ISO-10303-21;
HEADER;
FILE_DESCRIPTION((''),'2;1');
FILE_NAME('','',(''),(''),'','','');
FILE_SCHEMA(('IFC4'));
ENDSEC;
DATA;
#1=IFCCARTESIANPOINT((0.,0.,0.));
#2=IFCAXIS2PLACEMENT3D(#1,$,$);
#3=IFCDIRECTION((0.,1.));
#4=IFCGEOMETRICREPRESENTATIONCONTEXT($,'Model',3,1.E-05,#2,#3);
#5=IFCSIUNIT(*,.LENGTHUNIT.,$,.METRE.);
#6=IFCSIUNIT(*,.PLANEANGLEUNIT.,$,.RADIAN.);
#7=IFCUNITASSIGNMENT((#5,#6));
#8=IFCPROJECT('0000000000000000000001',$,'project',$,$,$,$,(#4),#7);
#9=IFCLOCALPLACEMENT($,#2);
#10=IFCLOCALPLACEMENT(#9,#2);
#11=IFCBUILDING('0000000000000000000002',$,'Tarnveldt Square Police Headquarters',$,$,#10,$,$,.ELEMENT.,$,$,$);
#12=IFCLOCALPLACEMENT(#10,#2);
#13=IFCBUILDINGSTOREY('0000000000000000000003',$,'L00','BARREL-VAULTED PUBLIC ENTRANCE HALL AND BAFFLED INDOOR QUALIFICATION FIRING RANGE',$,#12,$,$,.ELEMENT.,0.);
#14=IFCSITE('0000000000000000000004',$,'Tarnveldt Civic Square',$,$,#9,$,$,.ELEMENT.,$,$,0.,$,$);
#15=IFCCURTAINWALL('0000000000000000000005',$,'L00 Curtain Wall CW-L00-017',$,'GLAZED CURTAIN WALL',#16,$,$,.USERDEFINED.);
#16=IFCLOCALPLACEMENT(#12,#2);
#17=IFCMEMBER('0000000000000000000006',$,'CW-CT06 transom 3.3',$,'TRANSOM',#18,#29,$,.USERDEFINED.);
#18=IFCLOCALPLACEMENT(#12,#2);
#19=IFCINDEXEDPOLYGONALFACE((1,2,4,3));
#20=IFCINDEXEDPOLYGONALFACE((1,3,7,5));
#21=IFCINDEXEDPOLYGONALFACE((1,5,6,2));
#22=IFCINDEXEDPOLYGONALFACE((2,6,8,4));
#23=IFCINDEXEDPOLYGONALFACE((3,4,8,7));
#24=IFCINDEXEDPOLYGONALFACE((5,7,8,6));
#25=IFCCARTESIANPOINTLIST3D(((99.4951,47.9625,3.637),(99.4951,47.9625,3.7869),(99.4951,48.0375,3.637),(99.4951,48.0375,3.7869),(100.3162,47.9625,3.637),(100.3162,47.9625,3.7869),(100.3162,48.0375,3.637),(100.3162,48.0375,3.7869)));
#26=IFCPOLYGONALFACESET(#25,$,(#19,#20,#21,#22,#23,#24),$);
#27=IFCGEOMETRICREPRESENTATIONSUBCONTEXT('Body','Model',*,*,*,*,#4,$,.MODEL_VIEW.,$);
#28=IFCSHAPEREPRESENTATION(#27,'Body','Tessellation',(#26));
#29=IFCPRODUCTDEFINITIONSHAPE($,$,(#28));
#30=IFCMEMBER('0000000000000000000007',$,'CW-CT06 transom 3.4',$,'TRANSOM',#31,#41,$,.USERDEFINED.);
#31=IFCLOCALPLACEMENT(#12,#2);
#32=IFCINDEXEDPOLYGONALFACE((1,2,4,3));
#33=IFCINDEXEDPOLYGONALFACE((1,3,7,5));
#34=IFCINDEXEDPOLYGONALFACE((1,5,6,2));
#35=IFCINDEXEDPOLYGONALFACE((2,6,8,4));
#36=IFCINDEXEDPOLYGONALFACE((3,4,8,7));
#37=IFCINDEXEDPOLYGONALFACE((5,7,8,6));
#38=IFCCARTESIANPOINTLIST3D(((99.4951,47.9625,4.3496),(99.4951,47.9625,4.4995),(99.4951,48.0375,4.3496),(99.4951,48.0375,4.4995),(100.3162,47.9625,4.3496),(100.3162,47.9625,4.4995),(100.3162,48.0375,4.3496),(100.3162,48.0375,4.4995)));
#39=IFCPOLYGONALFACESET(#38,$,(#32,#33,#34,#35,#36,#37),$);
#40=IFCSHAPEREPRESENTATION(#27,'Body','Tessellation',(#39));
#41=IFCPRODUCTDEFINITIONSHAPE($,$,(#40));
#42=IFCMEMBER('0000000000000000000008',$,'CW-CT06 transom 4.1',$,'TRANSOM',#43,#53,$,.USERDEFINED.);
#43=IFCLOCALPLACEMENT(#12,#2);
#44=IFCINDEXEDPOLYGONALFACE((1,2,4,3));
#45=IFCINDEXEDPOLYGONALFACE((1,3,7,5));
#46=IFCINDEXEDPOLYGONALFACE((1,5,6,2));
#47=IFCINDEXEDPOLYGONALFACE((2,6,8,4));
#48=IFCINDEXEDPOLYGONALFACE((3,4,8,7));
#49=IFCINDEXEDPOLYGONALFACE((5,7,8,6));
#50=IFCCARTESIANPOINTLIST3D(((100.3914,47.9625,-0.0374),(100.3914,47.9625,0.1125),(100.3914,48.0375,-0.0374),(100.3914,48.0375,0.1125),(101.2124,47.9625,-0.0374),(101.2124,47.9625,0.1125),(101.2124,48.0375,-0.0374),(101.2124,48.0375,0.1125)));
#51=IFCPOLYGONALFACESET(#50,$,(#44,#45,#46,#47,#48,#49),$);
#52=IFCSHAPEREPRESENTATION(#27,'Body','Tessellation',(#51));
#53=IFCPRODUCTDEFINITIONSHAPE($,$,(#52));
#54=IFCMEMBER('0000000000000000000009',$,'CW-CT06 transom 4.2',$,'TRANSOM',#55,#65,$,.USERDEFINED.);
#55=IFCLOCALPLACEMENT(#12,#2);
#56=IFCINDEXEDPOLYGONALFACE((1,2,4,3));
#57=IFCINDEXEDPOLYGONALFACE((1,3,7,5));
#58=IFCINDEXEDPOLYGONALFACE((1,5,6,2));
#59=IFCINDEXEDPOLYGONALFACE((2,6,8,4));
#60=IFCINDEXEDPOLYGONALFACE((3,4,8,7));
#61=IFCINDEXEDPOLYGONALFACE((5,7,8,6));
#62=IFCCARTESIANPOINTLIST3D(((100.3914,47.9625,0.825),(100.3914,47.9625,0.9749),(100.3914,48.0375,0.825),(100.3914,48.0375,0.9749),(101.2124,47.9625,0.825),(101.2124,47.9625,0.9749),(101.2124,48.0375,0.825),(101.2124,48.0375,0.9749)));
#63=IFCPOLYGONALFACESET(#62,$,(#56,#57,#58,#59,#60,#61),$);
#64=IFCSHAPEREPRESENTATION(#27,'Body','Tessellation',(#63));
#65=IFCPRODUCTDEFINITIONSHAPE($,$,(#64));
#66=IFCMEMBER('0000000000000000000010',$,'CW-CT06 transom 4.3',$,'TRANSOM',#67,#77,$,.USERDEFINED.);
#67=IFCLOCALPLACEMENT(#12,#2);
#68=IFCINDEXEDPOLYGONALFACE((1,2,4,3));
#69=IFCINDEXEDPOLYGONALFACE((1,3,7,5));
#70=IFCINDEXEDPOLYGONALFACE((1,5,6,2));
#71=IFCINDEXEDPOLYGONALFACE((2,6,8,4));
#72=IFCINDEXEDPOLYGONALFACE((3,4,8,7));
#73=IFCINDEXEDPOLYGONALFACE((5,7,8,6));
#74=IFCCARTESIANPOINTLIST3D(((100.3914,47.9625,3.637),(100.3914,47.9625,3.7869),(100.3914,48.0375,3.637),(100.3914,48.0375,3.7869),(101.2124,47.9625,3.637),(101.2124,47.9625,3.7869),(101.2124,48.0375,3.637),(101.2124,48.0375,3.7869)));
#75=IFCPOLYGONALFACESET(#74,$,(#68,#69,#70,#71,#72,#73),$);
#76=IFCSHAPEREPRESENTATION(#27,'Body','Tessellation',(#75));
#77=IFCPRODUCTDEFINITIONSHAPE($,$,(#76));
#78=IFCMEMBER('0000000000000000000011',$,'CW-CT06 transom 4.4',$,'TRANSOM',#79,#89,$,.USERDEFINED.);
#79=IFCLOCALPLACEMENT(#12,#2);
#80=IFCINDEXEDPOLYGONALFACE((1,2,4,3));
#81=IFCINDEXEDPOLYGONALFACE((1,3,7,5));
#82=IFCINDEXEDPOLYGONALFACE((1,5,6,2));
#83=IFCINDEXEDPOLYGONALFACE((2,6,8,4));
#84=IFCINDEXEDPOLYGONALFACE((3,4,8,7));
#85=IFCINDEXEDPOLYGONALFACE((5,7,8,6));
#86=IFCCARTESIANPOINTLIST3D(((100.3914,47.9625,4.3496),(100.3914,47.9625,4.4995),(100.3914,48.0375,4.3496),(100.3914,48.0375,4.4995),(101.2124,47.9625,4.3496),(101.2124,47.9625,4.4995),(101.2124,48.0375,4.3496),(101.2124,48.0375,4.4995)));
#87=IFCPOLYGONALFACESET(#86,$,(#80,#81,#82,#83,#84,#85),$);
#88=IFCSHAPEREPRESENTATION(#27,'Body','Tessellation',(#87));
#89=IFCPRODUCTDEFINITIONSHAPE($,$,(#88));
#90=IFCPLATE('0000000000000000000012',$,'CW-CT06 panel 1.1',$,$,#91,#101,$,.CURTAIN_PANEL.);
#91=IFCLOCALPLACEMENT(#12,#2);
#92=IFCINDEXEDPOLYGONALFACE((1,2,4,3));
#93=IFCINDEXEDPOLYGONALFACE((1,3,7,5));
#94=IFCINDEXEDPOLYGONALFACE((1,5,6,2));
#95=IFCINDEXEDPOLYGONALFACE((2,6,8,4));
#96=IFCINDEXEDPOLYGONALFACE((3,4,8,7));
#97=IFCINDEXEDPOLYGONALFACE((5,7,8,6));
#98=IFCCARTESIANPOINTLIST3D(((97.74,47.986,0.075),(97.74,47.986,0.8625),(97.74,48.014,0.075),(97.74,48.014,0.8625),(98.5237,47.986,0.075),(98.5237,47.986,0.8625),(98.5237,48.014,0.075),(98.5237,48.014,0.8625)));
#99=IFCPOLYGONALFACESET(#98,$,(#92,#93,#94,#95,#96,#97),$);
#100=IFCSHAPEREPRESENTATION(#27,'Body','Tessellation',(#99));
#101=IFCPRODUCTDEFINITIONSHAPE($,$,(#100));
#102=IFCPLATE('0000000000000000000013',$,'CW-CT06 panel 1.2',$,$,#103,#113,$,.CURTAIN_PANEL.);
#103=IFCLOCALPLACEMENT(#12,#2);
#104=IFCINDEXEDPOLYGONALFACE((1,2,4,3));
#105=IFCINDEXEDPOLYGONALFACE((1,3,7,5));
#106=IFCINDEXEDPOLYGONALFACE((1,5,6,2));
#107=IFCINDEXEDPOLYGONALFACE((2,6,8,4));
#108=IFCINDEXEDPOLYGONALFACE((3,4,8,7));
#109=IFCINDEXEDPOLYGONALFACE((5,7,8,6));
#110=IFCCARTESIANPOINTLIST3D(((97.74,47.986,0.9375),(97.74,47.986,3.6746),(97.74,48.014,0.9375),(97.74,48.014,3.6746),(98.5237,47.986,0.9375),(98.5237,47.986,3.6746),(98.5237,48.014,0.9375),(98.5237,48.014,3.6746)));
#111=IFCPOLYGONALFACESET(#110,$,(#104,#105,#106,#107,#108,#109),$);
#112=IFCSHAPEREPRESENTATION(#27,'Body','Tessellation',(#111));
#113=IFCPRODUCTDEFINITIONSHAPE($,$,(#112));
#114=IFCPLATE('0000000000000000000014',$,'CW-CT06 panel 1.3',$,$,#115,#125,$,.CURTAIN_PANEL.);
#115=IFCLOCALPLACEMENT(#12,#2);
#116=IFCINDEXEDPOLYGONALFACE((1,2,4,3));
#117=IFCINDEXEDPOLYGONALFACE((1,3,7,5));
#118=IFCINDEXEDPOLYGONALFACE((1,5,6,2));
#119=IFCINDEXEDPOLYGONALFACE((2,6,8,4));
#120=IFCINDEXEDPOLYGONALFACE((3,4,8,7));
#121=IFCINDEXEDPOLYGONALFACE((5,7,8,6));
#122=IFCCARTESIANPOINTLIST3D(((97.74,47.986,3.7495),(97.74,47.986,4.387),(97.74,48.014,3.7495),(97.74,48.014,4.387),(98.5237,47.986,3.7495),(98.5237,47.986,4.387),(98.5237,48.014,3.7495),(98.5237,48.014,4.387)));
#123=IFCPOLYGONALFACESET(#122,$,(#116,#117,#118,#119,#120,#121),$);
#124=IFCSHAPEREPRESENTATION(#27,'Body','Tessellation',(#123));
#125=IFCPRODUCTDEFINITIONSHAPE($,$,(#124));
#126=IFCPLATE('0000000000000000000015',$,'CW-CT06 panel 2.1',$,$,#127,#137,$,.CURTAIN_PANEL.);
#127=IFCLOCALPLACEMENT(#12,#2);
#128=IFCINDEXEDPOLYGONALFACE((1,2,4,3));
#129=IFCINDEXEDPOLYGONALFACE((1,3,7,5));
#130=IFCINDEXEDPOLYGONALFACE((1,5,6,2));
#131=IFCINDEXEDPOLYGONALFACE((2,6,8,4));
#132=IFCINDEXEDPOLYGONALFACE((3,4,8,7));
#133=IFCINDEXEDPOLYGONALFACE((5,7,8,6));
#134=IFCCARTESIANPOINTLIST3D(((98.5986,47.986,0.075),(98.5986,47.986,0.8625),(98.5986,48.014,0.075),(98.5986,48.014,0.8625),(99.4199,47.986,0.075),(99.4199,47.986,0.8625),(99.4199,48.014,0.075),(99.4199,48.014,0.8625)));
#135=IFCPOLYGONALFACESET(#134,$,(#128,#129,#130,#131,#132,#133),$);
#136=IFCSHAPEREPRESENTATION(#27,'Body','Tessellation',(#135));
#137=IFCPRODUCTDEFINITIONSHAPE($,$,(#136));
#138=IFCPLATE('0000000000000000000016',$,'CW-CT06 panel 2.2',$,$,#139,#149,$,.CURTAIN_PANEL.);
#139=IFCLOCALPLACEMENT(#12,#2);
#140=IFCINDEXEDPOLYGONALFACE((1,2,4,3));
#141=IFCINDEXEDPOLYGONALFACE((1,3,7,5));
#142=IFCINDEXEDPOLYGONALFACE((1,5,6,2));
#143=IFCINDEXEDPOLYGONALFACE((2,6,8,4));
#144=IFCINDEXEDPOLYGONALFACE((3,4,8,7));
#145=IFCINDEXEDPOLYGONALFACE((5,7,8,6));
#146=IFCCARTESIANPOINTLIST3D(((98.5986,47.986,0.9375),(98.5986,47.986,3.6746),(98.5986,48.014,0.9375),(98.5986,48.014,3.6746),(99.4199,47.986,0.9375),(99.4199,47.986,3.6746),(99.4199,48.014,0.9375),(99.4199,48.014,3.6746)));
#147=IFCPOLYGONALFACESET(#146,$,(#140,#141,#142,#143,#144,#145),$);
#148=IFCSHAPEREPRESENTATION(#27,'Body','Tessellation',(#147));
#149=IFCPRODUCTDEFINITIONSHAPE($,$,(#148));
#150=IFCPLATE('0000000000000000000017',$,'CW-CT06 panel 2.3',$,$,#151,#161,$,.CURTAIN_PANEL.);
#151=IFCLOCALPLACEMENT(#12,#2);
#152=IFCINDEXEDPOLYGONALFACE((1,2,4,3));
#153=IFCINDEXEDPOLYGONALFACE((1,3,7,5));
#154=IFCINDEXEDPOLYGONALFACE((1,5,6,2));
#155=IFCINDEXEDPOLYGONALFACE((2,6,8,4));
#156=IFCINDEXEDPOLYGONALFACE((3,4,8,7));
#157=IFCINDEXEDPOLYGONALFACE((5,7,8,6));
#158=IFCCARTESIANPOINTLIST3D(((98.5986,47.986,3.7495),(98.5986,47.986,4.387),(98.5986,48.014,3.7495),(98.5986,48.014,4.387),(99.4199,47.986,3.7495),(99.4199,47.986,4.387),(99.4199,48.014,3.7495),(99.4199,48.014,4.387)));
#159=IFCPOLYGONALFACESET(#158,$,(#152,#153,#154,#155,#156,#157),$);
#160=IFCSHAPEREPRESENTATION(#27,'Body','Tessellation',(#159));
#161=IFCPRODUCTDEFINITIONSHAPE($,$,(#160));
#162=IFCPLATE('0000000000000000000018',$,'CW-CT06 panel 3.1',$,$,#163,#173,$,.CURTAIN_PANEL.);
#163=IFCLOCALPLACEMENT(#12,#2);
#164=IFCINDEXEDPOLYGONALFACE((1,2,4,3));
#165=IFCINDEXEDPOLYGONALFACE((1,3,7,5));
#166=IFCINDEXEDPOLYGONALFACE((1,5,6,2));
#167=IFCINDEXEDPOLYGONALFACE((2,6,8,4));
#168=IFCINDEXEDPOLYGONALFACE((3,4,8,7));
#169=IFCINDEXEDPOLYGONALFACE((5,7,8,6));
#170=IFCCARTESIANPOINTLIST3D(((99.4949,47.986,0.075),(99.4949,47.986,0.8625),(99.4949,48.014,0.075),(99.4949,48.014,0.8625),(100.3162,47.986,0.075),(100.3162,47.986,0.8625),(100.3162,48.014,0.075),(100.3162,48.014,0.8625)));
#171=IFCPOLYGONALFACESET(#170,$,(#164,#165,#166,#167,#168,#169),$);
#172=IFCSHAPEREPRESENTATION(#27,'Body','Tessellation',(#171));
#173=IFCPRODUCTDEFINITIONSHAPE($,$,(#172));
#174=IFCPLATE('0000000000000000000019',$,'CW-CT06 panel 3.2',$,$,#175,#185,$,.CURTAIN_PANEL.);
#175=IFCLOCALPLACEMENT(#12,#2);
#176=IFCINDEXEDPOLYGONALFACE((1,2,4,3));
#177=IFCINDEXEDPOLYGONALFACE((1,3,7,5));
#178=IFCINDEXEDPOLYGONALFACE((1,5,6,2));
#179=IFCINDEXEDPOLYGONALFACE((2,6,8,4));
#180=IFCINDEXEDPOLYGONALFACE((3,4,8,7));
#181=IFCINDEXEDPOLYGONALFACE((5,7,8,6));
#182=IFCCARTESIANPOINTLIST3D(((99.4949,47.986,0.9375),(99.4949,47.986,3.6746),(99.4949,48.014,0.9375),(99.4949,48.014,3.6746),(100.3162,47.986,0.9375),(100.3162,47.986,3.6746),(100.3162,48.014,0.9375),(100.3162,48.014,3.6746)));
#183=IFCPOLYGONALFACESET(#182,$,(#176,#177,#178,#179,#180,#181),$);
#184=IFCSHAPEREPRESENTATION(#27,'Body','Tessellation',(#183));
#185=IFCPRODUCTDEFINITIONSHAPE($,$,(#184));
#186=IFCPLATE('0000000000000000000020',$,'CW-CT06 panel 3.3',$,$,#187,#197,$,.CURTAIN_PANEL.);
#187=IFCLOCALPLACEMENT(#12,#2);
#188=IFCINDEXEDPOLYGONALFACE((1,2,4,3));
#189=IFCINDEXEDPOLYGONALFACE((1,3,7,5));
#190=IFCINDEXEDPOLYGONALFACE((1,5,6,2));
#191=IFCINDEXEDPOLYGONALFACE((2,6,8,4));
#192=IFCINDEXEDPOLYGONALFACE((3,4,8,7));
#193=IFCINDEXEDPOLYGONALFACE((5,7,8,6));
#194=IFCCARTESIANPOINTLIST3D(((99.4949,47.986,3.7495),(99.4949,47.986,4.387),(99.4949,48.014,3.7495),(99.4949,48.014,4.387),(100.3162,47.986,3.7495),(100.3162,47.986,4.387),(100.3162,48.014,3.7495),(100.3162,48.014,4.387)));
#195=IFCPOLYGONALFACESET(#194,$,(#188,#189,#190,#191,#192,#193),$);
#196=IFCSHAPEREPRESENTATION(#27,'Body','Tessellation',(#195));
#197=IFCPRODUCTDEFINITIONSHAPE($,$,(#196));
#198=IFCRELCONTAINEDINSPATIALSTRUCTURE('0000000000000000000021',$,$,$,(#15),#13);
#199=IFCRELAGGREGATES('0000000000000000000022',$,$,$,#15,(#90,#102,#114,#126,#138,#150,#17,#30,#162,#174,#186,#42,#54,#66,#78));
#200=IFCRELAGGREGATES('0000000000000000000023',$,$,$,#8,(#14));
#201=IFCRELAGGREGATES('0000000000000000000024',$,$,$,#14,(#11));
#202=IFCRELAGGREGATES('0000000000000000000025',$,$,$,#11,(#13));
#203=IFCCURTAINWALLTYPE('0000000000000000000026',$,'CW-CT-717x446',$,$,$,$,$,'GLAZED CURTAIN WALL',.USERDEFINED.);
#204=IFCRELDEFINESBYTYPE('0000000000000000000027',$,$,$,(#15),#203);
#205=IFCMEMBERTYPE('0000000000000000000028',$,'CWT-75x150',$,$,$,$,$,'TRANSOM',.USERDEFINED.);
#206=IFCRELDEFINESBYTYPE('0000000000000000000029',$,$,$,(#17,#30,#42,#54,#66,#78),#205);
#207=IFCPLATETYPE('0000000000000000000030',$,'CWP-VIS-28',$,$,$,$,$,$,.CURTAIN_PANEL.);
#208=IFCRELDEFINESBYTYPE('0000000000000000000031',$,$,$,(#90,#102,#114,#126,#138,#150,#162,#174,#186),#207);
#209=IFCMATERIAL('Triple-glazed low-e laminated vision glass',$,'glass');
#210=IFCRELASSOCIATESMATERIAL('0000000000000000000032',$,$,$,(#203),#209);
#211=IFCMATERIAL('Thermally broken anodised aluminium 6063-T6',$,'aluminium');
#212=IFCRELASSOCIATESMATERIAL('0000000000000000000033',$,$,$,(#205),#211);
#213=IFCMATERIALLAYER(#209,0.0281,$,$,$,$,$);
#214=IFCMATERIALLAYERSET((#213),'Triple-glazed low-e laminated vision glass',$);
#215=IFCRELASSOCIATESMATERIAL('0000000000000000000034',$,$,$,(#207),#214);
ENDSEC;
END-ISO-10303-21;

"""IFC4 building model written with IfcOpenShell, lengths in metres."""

from ifc_helpers import new_model, si_unit, direction, frame, origin, origin_2d, place, context, subcontext, project, spatial, rectangle, extrude, material, layer, layer_set, material_profile, profile_set, type_object, element, aggregate, save


model = new_model("IFC4")

# Units and contexts
model_context = context("Model", 3, precision=1e-05, world=origin(), true_north=direction((0.0, 1.0)))
body_context = subcontext(model_context, "Body", "Model", "MODEL_VIEW")
ifc_project = project(units=[si_unit("LENGTHUNIT", "METRE"), si_unit("PLANEANGLEUNIT", "RADIAN")], contexts=[model_context])

# Site, building, storey
site_placement = place(None, origin())
site = spatial("IfcSite", under=ifc_project, at=site_placement, Name="Tarnveldt Civic Square", CompositionType="ELEMENT", RefElevation=0.0)
building_placement = place(site_placement, origin())
building = spatial("IfcBuilding", under=site, at=building_placement, Name="Tarnveldt Square Police Headquarters", CompositionType="ELEMENT")
storey_placement = place(building_placement, origin())
storey = spatial("IfcBuildingStorey", under=building, at=storey_placement, Name="L00", Description="BARREL-VAULTED PUBLIC ENTRANCE HALL AND BAFFLED INDOOR QUALIFICATION FIRING RANGE", CompositionType="ELEMENT", Elevation=0.0)

# Curtain wall, members, plates
ifc_material_1 = material(Name="Triple-glazed low-e laminated vision glass", Category="glass")
curtain_wall_type = type_object("IfcCurtainWallType", Name="CW-CT-717x446", ElementType="GLAZED CURTAIN WALL", PredefinedType="USERDEFINED", material=ifc_material_1)
curtain_wall_placement = place(storey_placement, origin())
curtain_wall = element("IfcCurtainWall", 1, at=curtain_wall_placement, inside=storey, type_object=curtain_wall_type, Name="L00 Curtain Wall CW-L00-017", ObjectType="GLAZED CURTAIN WALL", PredefinedType="USERDEFINED")
ifc_material_2 = material(Name="Thermally broken anodised aluminium 6063-T6", Category="aluminium")
ifc_material_profile_1 = material_profile(ifc_material_2, rectangle(XDim=0.075, YDim=0.1499, at=origin_2d()), Name="CW-T75x150")
ifc_profile_set_1 = profile_set([ifc_material_profile_1], Name="Thermally broken anodised aluminium 6063-T6")
member_type_1 = type_object("IfcMemberType", Name="CWT-75x150", ElementType="TRANSOM", PredefinedType="USERDEFINED", material=ifc_profile_set_1)
member_1_placement = place(storey_placement, frame((99.4951, 48.0, 3.7119), z_axis=(1.0, 0.0, 0.0), x_axis=(0.0, 1.0, 0.0)))
member_1 = element("IfcMember", 2, at=member_1_placement, type_object=member_type_1, Name="CW-CT06 transom 3.3", ObjectType="TRANSOM", PredefinedType="USERDEFINED", context=body_context, shape_type="SweptSolid", body=[
    extrude(rectangle(XDim=0.075, YDim=0.1499, at=origin_2d()), origin(), (0.0, 0.0, 1.0), 0.821),
])
member_2_placement = place(storey_placement, frame((99.4951, 48.0, 4.4246), z_axis=(1.0, 0.0, 0.0), x_axis=(0.0, 1.0, 0.0)))
member_2 = element("IfcMember", 3, at=member_2_placement, type_object=member_type_1, Name="CW-CT06 transom 3.4", ObjectType="TRANSOM", PredefinedType="USERDEFINED", context=body_context, shape_type="SweptSolid", body=[
    extrude(rectangle(XDim=0.075, YDim=0.1499, at=origin_2d()), origin(), (0.0, 0.0, 1.0), 0.821),
])
member_3_placement = place(storey_placement, frame((100.3914, 48.0, 0.0376), z_axis=(1.0, 0.0, 0.0), x_axis=(0.0, 1.0, 0.0)))
member_3 = element("IfcMember", 4, at=member_3_placement, type_object=member_type_1, Name="CW-CT06 transom 4.1", ObjectType="TRANSOM", PredefinedType="USERDEFINED", context=body_context, shape_type="SweptSolid", body=[
    extrude(rectangle(XDim=0.075, YDim=0.1499, at=origin_2d()), origin(), (0.0, 0.0, 1.0), 0.821),
])
member_4_placement = place(storey_placement, frame((100.3914, 48.0, 0.8999), z_axis=(1.0, 0.0, 0.0), x_axis=(0.0, 1.0, 0.0)))
member_4 = element("IfcMember", 5, at=member_4_placement, type_object=member_type_1, Name="CW-CT06 transom 4.2", ObjectType="TRANSOM", PredefinedType="USERDEFINED", context=body_context, shape_type="SweptSolid", body=[
    extrude(rectangle(XDim=0.075, YDim=0.1499, at=origin_2d()), origin(), (0.0, 0.0, 1.0), 0.821),
])
member_5_placement = place(storey_placement, frame((100.3914, 48.0, 3.7119), z_axis=(1.0, 0.0, 0.0), x_axis=(0.0, 1.0, 0.0)))
member_5 = element("IfcMember", 6, at=member_5_placement, type_object=member_type_1, Name="CW-CT06 transom 4.3", ObjectType="TRANSOM", PredefinedType="USERDEFINED", context=body_context, shape_type="SweptSolid", body=[
    extrude(rectangle(XDim=0.075, YDim=0.1499, at=origin_2d()), origin(), (0.0, 0.0, 1.0), 0.821),
])
member_6_placement = place(storey_placement, frame((100.3914, 48.0, 4.4246), z_axis=(1.0, 0.0, 0.0), x_axis=(0.0, 1.0, 0.0)))
member_6 = element("IfcMember", 7, at=member_6_placement, type_object=member_type_1, Name="CW-CT06 transom 4.4", ObjectType="TRANSOM", PredefinedType="USERDEFINED", context=body_context, shape_type="SweptSolid", body=[
    extrude(rectangle(XDim=0.075, YDim=0.1499, at=origin_2d()), origin(), (0.0, 0.0, 1.0), 0.821),
])
ifc_layer = layer(ifc_material_1, 0.0281)
ifc_layer_set = layer_set([ifc_layer], Name="Triple-glazed low-e laminated vision glass")
plate_type = type_object("IfcPlateType", Name="CWP-VIS-28", PredefinedType="CURTAIN_PANEL", material=ifc_layer_set)
plate_1_placement = place(storey_placement, frame((98.1318, 48.0, 0.075), z_axis=(0.0, 0.0, 1.0), x_axis=(1.0, 0.0, 0.0)))
plate_1 = element("IfcPlate", 8, at=plate_1_placement, type_object=plate_type, Name="CW-CT06 panel 1.1", PredefinedType="CURTAIN_PANEL", context=body_context, shape_type="SweptSolid", body=[
    extrude(rectangle(XDim=0.7837, YDim=0.0281, at=origin_2d()), origin(), (0.0, 0.0, 1.0), 0.7876),
])
plate_2_placement = place(storey_placement, frame((98.1318, 48.0, 0.9375), z_axis=(0.0, 0.0, 1.0), x_axis=(1.0, 0.0, 0.0)))
plate_2 = element("IfcPlate", 9, at=plate_2_placement, type_object=plate_type, Name="CW-CT06 panel 1.2", PredefinedType="CURTAIN_PANEL", context=body_context, shape_type="SweptSolid", body=[
    extrude(rectangle(XDim=0.7837, YDim=0.0281, at=origin_2d()), origin(), (0.0, 0.0, 1.0), 2.7371),
])
plate_3_placement = place(storey_placement, frame((98.1318, 48.0, 3.7495), z_axis=(0.0, 0.0, 1.0), x_axis=(1.0, 0.0, 0.0)))
plate_3 = element("IfcPlate", 10, at=plate_3_placement, type_object=plate_type, Name="CW-CT06 panel 1.3", PredefinedType="CURTAIN_PANEL", context=body_context, shape_type="SweptSolid", body=[
    extrude(rectangle(XDim=0.7837, YDim=0.0281, at=origin_2d()), origin(), (0.0, 0.0, 1.0), 0.6375),
])
plate_4_placement = place(storey_placement, frame((99.0093, 48.0, 0.075), z_axis=(0.0, 0.0, 1.0), x_axis=(1.0, 0.0, 0.0)))
plate_4 = element("IfcPlate", 11, at=plate_4_placement, type_object=plate_type, Name="CW-CT06 panel 2.1", PredefinedType="CURTAIN_PANEL", context=body_context, shape_type="SweptSolid", body=[
    extrude(rectangle(XDim=0.8213, YDim=0.0281, at=origin_2d()), origin(), (0.0, 0.0, 1.0), 0.7876),
])
plate_5_placement = place(storey_placement, frame((99.0093, 48.0, 0.9375), z_axis=(0.0, 0.0, 1.0), x_axis=(1.0, 0.0, 0.0)))
plate_5 = element("IfcPlate", 12, at=plate_5_placement, type_object=plate_type, Name="CW-CT06 panel 2.2", PredefinedType="CURTAIN_PANEL", context=body_context, shape_type="SweptSolid", body=[
    extrude(rectangle(XDim=0.8213, YDim=0.0281, at=origin_2d()), origin(), (0.0, 0.0, 1.0), 2.7371),
])
plate_6_placement = place(storey_placement, frame((99.0093, 48.0, 3.7495), z_axis=(0.0, 0.0, 1.0), x_axis=(1.0, 0.0, 0.0)))
plate_6 = element("IfcPlate", 13, at=plate_6_placement, type_object=plate_type, Name="CW-CT06 panel 2.3", PredefinedType="CURTAIN_PANEL", context=body_context, shape_type="SweptSolid", body=[
    extrude(rectangle(XDim=0.8213, YDim=0.0281, at=origin_2d()), origin(), (0.0, 0.0, 1.0), 0.6375),
])
plate_7_placement = place(storey_placement, frame((99.9055, 48.0, 0.075), z_axis=(0.0, 0.0, 1.0), x_axis=(1.0, 0.0, 0.0)))
plate_7 = element("IfcPlate", 14, at=plate_7_placement, type_object=plate_type, Name="CW-CT06 panel 3.1", PredefinedType="CURTAIN_PANEL", context=body_context, shape_type="SweptSolid", body=[
    extrude(rectangle(XDim=0.8213, YDim=0.0281, at=origin_2d()), origin(), (0.0, 0.0, 1.0), 0.7876),
])
plate_8_placement = place(storey_placement, frame((99.9055, 48.0, 0.9375), z_axis=(0.0, 0.0, 1.0), x_axis=(1.0, 0.0, 0.0)))
plate_8 = element("IfcPlate", 15, at=plate_8_placement, type_object=plate_type, Name="CW-CT06 panel 3.2", PredefinedType="CURTAIN_PANEL", context=body_context, shape_type="SweptSolid", body=[
    extrude(rectangle(XDim=0.8213, YDim=0.0281, at=origin_2d()), origin(), (0.0, 0.0, 1.0), 2.7371),
])
plate_9_placement = place(storey_placement, frame((99.9055, 48.0, 3.7495), z_axis=(0.0, 0.0, 1.0), x_axis=(1.0, 0.0, 0.0)))
plate_9 = element("IfcPlate", 16, at=plate_9_placement, type_object=plate_type, Name="CW-CT06 panel 3.3", PredefinedType="CURTAIN_PANEL", context=body_context, shape_type="SweptSolid", body=[
    extrude(rectangle(XDim=0.8213, YDim=0.0281, at=origin_2d()), origin(), (0.0, 0.0, 1.0), 0.6375),
])
aggregate(curtain_wall, [plate_1, plate_2, plate_3, plate_4, plate_5, plate_6, member_1, member_2, plate_7, plate_8, plate_9, member_3, member_4, member_5, member_6])

save(model, "model.ifc")
